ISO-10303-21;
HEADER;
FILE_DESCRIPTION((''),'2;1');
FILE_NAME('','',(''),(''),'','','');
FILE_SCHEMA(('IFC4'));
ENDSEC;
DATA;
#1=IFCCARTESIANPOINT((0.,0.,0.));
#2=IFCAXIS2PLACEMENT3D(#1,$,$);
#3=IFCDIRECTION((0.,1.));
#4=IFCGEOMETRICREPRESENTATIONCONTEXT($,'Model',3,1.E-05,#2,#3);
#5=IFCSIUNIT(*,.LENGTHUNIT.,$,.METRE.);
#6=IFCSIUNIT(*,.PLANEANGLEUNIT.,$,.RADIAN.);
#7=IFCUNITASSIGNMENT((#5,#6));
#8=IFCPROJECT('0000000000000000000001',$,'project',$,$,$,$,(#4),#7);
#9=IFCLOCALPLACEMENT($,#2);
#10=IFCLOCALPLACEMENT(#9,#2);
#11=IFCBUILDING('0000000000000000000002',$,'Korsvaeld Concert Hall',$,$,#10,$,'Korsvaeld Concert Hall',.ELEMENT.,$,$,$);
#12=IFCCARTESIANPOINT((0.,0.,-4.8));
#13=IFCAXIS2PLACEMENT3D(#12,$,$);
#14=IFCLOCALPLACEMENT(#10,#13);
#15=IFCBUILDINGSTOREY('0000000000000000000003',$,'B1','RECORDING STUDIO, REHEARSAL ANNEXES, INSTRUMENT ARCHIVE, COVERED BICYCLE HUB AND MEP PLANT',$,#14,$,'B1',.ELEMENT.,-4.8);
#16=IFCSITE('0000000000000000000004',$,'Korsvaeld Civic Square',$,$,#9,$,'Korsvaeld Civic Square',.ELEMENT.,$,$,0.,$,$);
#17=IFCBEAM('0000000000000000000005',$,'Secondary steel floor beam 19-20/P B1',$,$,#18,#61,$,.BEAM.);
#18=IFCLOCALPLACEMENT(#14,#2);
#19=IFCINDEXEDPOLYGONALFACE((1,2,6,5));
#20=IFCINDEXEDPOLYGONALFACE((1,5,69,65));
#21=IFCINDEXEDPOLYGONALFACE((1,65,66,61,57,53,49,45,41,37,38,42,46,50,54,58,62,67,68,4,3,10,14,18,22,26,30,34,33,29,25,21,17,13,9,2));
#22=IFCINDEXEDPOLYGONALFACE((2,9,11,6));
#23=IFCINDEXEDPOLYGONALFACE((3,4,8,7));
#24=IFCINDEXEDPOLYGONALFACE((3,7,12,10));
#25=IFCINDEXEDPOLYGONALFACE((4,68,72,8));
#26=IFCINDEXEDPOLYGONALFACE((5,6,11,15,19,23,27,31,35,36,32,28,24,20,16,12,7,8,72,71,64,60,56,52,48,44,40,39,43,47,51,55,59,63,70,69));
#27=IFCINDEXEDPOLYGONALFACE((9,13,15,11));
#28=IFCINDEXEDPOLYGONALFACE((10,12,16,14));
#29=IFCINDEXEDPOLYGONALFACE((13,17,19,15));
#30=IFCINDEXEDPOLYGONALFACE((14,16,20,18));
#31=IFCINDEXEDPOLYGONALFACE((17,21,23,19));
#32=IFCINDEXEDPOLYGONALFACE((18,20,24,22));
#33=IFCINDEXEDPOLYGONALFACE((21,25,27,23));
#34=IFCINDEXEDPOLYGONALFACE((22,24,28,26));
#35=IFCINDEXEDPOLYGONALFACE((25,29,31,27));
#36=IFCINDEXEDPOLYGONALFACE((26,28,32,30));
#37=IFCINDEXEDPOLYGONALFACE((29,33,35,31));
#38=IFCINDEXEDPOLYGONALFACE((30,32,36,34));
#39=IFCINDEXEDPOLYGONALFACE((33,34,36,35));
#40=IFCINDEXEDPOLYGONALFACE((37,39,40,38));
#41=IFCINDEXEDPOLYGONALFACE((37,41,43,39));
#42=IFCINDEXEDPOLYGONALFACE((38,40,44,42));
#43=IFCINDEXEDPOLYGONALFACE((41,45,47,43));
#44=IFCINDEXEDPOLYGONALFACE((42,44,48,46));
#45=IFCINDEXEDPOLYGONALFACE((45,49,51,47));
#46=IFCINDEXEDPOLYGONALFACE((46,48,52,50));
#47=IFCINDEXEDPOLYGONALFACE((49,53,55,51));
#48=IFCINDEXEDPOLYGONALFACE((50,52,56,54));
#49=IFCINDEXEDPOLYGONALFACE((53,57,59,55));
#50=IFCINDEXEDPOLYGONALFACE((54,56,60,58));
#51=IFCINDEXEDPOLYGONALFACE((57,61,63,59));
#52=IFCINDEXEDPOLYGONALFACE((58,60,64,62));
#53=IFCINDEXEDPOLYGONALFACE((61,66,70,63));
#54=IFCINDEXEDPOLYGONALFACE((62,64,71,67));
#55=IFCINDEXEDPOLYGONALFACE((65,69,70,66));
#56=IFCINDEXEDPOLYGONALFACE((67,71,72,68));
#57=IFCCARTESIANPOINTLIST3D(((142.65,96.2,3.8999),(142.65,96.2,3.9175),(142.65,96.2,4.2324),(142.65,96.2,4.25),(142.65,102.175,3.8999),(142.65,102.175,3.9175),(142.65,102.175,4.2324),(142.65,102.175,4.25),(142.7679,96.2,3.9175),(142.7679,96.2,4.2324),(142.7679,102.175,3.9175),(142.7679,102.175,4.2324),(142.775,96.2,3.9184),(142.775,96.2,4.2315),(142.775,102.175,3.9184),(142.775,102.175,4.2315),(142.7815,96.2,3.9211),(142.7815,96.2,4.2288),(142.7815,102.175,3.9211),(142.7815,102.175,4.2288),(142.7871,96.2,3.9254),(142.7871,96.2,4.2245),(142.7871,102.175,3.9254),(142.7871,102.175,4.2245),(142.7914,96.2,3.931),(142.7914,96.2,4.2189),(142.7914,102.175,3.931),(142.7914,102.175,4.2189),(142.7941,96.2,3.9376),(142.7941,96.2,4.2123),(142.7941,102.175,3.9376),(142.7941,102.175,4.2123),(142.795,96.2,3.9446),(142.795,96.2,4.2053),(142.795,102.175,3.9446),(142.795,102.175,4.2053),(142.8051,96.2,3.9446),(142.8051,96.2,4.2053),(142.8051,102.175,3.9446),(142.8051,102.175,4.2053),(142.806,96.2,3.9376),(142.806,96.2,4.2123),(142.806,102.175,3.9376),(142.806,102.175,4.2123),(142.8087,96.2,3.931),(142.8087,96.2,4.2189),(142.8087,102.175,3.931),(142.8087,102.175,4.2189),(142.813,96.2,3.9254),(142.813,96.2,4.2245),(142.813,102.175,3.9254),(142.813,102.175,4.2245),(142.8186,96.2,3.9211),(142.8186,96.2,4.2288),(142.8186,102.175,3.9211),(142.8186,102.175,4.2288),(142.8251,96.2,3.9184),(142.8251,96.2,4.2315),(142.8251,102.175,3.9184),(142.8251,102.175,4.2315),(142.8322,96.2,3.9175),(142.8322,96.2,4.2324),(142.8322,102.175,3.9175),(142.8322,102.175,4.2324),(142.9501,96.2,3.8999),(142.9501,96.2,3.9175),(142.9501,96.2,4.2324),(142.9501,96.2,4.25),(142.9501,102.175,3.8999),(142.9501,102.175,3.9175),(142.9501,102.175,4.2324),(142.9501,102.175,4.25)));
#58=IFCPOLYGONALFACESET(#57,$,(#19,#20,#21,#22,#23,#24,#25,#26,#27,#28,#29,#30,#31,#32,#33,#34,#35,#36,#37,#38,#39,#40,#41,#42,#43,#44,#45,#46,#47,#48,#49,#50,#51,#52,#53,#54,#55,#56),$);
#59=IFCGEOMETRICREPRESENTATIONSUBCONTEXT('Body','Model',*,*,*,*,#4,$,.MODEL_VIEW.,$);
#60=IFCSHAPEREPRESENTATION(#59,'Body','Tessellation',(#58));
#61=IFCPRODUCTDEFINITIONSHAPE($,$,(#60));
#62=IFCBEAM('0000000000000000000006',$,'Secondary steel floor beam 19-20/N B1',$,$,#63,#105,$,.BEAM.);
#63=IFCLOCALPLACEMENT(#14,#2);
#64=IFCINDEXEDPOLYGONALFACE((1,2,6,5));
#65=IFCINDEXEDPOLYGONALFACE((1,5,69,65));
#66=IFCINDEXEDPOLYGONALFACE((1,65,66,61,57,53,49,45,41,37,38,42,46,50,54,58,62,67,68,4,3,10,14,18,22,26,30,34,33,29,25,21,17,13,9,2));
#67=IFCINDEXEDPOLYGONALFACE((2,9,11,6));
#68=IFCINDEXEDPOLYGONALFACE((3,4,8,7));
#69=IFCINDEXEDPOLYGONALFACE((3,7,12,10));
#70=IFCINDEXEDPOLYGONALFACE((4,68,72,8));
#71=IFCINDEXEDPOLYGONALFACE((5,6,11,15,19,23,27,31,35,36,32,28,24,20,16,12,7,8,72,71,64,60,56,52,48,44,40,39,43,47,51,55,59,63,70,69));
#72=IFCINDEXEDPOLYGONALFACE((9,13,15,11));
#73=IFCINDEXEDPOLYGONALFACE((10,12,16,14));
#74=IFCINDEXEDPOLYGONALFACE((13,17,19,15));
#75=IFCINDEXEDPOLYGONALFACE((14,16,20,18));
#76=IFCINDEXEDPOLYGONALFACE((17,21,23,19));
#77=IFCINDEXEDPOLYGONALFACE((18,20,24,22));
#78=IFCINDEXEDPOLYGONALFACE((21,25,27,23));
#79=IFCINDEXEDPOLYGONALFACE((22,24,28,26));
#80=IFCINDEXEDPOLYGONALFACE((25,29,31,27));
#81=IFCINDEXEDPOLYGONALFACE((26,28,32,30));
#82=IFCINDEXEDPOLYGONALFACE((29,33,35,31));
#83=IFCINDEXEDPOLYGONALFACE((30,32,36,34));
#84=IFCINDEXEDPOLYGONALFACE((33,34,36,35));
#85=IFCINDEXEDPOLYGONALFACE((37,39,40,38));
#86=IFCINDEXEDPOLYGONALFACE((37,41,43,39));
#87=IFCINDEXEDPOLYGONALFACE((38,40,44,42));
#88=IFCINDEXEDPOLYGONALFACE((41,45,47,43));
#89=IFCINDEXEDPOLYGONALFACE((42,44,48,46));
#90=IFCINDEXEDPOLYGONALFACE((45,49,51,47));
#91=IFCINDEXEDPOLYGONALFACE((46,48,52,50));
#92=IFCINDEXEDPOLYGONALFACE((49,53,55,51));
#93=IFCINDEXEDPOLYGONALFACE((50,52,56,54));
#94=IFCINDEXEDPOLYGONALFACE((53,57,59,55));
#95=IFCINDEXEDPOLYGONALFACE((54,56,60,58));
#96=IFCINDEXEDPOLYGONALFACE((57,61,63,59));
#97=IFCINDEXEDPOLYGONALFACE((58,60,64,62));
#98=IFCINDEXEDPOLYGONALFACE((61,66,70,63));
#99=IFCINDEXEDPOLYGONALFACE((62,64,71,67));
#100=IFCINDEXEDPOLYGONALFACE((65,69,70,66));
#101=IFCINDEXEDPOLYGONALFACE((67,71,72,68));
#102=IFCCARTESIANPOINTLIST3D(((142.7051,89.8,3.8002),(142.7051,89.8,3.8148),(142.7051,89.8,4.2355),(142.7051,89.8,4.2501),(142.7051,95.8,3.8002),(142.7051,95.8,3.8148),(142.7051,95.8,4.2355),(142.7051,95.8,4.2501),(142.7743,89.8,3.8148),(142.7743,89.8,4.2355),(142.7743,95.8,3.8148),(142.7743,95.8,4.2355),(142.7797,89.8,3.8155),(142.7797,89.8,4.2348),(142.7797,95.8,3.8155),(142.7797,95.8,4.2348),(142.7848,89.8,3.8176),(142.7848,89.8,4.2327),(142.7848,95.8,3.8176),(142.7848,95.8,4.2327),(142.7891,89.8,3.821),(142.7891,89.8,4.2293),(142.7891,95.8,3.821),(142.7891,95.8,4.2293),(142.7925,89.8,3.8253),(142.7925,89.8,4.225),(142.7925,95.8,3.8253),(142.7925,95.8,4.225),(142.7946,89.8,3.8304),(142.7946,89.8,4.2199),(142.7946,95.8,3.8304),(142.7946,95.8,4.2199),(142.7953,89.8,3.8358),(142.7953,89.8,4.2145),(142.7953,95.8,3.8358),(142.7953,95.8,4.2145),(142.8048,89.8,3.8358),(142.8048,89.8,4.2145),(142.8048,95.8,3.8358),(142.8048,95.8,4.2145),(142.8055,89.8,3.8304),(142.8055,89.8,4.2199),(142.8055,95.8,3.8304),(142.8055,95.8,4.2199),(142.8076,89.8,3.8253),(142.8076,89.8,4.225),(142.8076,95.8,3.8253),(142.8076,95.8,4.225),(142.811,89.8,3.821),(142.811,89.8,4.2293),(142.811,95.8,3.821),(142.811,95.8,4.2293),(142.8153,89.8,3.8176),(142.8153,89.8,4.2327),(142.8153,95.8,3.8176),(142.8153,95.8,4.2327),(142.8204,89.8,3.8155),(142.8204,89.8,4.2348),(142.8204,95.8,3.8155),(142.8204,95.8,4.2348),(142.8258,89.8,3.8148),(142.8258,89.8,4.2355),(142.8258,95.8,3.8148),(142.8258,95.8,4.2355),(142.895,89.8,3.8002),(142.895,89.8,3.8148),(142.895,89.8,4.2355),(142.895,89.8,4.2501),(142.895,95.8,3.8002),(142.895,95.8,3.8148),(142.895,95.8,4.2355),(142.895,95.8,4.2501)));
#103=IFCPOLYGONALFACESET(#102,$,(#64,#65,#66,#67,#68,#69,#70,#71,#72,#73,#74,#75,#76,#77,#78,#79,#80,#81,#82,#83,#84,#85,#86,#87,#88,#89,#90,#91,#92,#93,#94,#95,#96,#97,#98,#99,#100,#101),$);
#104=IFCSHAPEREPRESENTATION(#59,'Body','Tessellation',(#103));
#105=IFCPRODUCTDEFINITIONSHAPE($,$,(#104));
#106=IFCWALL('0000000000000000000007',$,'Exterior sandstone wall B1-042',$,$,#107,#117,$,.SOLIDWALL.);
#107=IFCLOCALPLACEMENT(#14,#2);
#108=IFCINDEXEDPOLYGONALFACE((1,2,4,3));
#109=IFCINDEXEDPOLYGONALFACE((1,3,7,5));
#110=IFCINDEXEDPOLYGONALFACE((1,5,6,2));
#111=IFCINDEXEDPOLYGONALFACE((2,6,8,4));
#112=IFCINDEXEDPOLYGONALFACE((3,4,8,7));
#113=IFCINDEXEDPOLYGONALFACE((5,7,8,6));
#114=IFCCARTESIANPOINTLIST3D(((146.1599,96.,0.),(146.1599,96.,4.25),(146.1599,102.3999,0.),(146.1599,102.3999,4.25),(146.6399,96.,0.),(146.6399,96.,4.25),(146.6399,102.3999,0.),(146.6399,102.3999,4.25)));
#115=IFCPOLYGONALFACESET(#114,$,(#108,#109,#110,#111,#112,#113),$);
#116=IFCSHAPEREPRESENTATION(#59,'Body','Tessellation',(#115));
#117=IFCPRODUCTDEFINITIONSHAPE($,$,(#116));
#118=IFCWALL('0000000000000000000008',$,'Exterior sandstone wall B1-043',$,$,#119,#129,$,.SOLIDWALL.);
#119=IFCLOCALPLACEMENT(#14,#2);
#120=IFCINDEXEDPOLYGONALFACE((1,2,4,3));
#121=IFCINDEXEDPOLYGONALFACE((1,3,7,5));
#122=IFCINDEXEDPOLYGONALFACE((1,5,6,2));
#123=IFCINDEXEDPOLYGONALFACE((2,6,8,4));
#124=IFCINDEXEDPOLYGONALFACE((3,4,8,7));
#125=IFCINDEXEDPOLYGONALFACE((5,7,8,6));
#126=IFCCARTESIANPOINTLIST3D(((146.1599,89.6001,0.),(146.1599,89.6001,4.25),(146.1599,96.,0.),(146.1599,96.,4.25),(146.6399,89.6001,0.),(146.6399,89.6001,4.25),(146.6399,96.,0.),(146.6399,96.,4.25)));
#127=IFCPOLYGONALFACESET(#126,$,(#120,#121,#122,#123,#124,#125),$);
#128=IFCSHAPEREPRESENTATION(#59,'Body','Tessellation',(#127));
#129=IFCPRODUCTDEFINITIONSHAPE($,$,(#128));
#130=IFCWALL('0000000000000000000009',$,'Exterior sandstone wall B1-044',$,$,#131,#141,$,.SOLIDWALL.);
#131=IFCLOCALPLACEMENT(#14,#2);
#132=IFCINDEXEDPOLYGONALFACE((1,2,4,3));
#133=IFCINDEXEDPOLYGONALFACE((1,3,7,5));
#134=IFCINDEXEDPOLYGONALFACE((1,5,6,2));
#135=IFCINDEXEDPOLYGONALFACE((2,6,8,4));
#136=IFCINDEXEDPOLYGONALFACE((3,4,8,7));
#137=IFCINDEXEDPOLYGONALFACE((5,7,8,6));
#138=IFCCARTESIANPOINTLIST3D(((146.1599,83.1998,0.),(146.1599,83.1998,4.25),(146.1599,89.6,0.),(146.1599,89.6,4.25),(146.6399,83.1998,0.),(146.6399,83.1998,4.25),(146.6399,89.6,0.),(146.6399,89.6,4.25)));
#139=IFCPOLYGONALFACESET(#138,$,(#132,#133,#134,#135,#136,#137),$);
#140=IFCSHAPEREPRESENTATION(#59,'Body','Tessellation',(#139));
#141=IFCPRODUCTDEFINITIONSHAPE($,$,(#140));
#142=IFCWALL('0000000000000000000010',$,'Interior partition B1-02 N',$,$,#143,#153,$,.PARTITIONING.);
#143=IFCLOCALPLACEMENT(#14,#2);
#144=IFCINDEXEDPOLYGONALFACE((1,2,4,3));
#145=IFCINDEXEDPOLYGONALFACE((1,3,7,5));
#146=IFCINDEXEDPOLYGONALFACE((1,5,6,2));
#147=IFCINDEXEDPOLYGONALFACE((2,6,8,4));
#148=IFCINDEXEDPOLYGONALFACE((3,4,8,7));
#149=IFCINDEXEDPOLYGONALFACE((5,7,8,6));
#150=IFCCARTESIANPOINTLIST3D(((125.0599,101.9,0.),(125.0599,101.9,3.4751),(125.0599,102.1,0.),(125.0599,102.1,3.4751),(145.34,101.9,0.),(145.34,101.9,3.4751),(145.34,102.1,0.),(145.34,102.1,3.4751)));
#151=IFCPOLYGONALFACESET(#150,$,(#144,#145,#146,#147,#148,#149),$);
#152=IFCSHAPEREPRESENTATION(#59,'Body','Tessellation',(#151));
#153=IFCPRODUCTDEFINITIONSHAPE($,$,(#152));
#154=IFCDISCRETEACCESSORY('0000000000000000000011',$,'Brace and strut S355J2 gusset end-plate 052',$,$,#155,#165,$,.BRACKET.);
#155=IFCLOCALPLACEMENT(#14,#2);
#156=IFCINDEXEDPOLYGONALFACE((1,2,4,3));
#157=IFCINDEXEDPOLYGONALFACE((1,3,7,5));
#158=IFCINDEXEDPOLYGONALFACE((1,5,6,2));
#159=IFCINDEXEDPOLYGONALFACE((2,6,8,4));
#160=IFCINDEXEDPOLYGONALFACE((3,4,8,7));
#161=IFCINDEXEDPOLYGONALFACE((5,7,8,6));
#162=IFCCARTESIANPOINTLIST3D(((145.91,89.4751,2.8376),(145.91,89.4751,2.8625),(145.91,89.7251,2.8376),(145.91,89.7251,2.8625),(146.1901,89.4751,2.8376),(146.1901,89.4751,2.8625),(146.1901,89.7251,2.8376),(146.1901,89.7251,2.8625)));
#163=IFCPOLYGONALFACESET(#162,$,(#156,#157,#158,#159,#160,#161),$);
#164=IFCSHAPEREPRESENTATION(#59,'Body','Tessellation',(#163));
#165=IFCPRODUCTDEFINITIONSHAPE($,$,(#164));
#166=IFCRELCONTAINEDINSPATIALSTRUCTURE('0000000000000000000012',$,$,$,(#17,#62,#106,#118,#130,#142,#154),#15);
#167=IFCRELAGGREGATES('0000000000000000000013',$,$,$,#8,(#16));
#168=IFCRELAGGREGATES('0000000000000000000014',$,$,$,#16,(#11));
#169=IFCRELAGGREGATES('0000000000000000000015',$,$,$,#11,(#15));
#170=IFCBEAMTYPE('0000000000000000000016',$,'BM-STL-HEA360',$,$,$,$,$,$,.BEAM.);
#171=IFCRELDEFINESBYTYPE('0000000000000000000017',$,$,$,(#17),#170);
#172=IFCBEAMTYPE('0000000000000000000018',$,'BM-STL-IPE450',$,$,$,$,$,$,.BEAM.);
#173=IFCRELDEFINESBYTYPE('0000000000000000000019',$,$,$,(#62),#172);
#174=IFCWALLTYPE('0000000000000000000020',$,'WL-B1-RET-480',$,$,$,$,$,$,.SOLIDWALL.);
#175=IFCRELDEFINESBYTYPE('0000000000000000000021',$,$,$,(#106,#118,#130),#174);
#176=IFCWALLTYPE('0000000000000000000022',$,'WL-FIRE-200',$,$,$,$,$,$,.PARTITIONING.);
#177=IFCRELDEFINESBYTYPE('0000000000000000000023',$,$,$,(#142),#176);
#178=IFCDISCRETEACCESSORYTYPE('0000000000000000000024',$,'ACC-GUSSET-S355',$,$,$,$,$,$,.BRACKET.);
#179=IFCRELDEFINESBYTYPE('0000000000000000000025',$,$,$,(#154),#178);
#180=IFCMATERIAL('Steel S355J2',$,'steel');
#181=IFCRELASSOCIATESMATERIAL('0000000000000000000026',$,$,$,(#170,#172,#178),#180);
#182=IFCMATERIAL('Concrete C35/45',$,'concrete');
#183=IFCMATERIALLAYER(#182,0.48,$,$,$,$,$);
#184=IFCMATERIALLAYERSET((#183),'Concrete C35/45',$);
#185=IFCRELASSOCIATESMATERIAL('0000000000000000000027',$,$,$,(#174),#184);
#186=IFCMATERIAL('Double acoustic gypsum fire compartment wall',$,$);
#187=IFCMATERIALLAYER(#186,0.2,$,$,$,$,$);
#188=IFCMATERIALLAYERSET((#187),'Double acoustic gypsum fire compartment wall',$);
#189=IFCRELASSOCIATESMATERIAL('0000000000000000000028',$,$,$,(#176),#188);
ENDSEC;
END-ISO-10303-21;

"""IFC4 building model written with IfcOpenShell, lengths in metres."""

from ifc_helpers import new_model, si_unit, direction, frame, frame_2d, origin, origin_2d, place, context, subcontext, project, spatial, rectangle, i_section, extrude, material, layer, layer_set, material_profile, profile_set, type_object, element, save


model = new_model("IFC4")

# Units and contexts
model_context = context("Model", 3, precision=1e-05, world=origin(), true_north=direction((0.0, 1.0)))
body_context = subcontext(model_context, "Body", "Model", "MODEL_VIEW")
ifc_project = project(units=[si_unit("LENGTHUNIT", "METRE"), si_unit("PLANEANGLEUNIT", "RADIAN")], contexts=[model_context])

# Site, building, storey
site_placement = place(None, origin())
site = spatial("IfcSite", under=ifc_project, at=site_placement, Name="Korsvaeld Civic Square", LongName="Korsvaeld Civic Square", CompositionType="ELEMENT", RefElevation=0.0)
building_placement = place(site_placement, origin())
building = spatial("IfcBuilding", under=site, at=building_placement, Name="Korsvaeld Concert Hall", LongName="Korsvaeld Concert Hall", CompositionType="ELEMENT")
storey_placement = place(building_placement, frame((0.0, 0.0, -4.8)))
storey = spatial("IfcBuildingStorey", under=building, at=storey_placement, Name="B1", Description="RECORDING STUDIO, REHEARSAL ANNEXES, INSTRUMENT ARCHIVE, COVERED BICYCLE HUB AND MEP PLANT", LongName="B1", CompositionType="ELEMENT", Elevation=-4.8)

# Shared definitions
ifc_material_1 = material(Name="Concrete C35/45", Category="concrete")

# Beams
ifc_material_2 = material(Name="Steel S355J2", Category="steel")
ifc_material_profile_1 = material_profile(ifc_material_2, i_section(OverallWidth=0.3, OverallDepth=0.3501, WebThickness=0.01, FlangeThickness=0.0176, FilletRadius=0.0271, at=origin_2d()), Name="HEA 360")
ifc_profile_set_1 = profile_set([ifc_material_profile_1], Name="Steel S355J2")
beam_type_1 = type_object("IfcBeamType", Name="BM-STL-HEA360", PredefinedType="BEAM", material=ifc_profile_set_1)
beam_1_placement = place(storey_placement, frame((142.8, 96.2, 4.075), z_axis=(0.0, 1.0, 0.0), x_axis=(-1.0, 0.0, 0.0)))
element("IfcBeam", 1, at=beam_1_placement, inside=storey, type_object=beam_type_1, Name="Secondary steel floor beam 19-20/P B1", PredefinedType="BEAM", context=body_context, shape_type="SweptSolid", body=[
    extrude(i_section(OverallWidth=0.3, OverallDepth=0.3501, WebThickness=0.01, FlangeThickness=0.0176, FilletRadius=0.0271, at=origin_2d()), origin(), (0.0, 0.0, 1.0), 5.9751),
])
ifc_material_profile_2 = material_profile(ifc_material_2, i_section(OverallWidth=0.1899, OverallDepth=0.45, WebThickness=0.0095, FlangeThickness=0.0146, FilletRadius=0.021, at=origin_2d()), Name="IPE 450")
ifc_profile_set_2 = profile_set([ifc_material_profile_2], Name="Steel S355J2")
beam_type_2 = type_object("IfcBeamType", Name="BM-STL-IPE450", PredefinedType="BEAM", material=ifc_profile_set_2)
beam_2_placement = place(storey_placement, frame((142.8, 89.8, 4.0251), z_axis=(0.0, 1.0, 0.0), x_axis=(-1.0, 0.0, 0.0)))
element("IfcBeam", 2, at=beam_2_placement, inside=storey, type_object=beam_type_2, Name="Secondary steel floor beam 19-20/N B1", PredefinedType="BEAM", context=body_context, shape_type="SweptSolid", body=[
    extrude(i_section(OverallWidth=0.1899, OverallDepth=0.45, WebThickness=0.0095, FlangeThickness=0.0146, FilletRadius=0.021, at=origin_2d()), origin(), (0.0, 0.0, 1.0), 6.0),
])

# Walls
ifc_layer_1 = layer(ifc_material_1, 0.48)
ifc_layer_set_1 = layer_set([ifc_layer_1], Name="Concrete C35/45")
wall_type_1 = type_object("IfcWallType", Name="WL-B1-RET-480", PredefinedType="SOLIDWALL", material=ifc_layer_set_1)
for number, where, z_axis, x_axis, name in (
    (3, (146.3999, 102.3999, 0.0), (0.0, 0.0, 1.0), (0.0, -1.0, 0.0), "Exterior sandstone wall B1-042"),
    (4, (146.3999, 96.0, 0.0), (0.0, 0.0, 1.0), (0.0, -1.0, 0.0), "Exterior sandstone wall B1-043"),
):
    element("IfcWall", number, at=place(storey_placement, frame(where, z_axis=z_axis, x_axis=x_axis)), inside=storey, type_object=wall_type_1, Name=name, PredefinedType="SOLIDWALL", context=body_context, shape_type="SweptSolid", body=[
        extrude(rectangle(XDim=6.3999, YDim=0.48, at=frame_2d((3.2, 0.0))), origin(), (0.0, 0.0, 1.0), 4.25),
    ])
wall_1_placement = place(storey_placement, frame((146.3999, 89.6001, 0.0), z_axis=(0.0, 0.0, 1.0), x_axis=(0.0, -1.0, 0.0)))
element("IfcWall", 5, at=wall_1_placement, inside=storey, type_object=wall_type_1, Name="Exterior sandstone wall B1-044", PredefinedType="SOLIDWALL", context=body_context, shape_type="SweptSolid", body=[
    extrude(rectangle(XDim=6.4001, YDim=0.48, at=frame_2d((3.2002, 0.0))), origin(), (0.0, 0.0, 1.0), 4.25),
])
ifc_material_3 = material(Name="Double acoustic gypsum fire compartment wall")
ifc_layer_2 = layer(ifc_material_3, 0.2)
ifc_layer_set_2 = layer_set([ifc_layer_2], Name="Double acoustic gypsum fire compartment wall")
wall_type_2 = type_object("IfcWallType", Name="WL-FIRE-200", PredefinedType="PARTITIONING", material=ifc_layer_set_2)
wall_2_placement = place(storey_placement, frame((145.3401, 102.0, 0.0), z_axis=(0.0, 0.0, 1.0), x_axis=(-1.0, 0.0, 0.0)))
element("IfcWall", 6, at=wall_2_placement, inside=storey, type_object=wall_type_2, Name="Interior partition B1-02 N", PredefinedType="PARTITIONING", context=body_context, shape_type="SweptSolid", body=[
    extrude(rectangle(XDim=20.28, YDim=0.2, at=frame_2d((10.1401, 0.0))), origin(), (0.0, 0.0, 1.0), 3.4751),
])

# Discrete accessory
discrete_accessory_type = type_object("IfcDiscreteAccessoryType", Name="ACC-GUSSET-S355", PredefinedType="BRACKET", material=ifc_material_2)
discrete_accessory_placement = place(storey_placement, frame((146.05, 89.6001, 2.8376), z_axis=(0.0, 0.0, 1.0), x_axis=(1.0, 0.0, 0.0)))
element("IfcDiscreteAccessory", 7, at=discrete_accessory_placement, inside=storey, type_object=discrete_accessory_type, Name="Brace and strut S355J2 gusset end-plate 052", PredefinedType="BRACKET", context=body_context, shape_type="SweptSolid", body=[
    extrude(rectangle(XDim=0.28, YDim=0.25, at=origin_2d()), origin(), (0.0, 0.0, 1.0), 0.0249),
])

save(model, "model.ifc")
